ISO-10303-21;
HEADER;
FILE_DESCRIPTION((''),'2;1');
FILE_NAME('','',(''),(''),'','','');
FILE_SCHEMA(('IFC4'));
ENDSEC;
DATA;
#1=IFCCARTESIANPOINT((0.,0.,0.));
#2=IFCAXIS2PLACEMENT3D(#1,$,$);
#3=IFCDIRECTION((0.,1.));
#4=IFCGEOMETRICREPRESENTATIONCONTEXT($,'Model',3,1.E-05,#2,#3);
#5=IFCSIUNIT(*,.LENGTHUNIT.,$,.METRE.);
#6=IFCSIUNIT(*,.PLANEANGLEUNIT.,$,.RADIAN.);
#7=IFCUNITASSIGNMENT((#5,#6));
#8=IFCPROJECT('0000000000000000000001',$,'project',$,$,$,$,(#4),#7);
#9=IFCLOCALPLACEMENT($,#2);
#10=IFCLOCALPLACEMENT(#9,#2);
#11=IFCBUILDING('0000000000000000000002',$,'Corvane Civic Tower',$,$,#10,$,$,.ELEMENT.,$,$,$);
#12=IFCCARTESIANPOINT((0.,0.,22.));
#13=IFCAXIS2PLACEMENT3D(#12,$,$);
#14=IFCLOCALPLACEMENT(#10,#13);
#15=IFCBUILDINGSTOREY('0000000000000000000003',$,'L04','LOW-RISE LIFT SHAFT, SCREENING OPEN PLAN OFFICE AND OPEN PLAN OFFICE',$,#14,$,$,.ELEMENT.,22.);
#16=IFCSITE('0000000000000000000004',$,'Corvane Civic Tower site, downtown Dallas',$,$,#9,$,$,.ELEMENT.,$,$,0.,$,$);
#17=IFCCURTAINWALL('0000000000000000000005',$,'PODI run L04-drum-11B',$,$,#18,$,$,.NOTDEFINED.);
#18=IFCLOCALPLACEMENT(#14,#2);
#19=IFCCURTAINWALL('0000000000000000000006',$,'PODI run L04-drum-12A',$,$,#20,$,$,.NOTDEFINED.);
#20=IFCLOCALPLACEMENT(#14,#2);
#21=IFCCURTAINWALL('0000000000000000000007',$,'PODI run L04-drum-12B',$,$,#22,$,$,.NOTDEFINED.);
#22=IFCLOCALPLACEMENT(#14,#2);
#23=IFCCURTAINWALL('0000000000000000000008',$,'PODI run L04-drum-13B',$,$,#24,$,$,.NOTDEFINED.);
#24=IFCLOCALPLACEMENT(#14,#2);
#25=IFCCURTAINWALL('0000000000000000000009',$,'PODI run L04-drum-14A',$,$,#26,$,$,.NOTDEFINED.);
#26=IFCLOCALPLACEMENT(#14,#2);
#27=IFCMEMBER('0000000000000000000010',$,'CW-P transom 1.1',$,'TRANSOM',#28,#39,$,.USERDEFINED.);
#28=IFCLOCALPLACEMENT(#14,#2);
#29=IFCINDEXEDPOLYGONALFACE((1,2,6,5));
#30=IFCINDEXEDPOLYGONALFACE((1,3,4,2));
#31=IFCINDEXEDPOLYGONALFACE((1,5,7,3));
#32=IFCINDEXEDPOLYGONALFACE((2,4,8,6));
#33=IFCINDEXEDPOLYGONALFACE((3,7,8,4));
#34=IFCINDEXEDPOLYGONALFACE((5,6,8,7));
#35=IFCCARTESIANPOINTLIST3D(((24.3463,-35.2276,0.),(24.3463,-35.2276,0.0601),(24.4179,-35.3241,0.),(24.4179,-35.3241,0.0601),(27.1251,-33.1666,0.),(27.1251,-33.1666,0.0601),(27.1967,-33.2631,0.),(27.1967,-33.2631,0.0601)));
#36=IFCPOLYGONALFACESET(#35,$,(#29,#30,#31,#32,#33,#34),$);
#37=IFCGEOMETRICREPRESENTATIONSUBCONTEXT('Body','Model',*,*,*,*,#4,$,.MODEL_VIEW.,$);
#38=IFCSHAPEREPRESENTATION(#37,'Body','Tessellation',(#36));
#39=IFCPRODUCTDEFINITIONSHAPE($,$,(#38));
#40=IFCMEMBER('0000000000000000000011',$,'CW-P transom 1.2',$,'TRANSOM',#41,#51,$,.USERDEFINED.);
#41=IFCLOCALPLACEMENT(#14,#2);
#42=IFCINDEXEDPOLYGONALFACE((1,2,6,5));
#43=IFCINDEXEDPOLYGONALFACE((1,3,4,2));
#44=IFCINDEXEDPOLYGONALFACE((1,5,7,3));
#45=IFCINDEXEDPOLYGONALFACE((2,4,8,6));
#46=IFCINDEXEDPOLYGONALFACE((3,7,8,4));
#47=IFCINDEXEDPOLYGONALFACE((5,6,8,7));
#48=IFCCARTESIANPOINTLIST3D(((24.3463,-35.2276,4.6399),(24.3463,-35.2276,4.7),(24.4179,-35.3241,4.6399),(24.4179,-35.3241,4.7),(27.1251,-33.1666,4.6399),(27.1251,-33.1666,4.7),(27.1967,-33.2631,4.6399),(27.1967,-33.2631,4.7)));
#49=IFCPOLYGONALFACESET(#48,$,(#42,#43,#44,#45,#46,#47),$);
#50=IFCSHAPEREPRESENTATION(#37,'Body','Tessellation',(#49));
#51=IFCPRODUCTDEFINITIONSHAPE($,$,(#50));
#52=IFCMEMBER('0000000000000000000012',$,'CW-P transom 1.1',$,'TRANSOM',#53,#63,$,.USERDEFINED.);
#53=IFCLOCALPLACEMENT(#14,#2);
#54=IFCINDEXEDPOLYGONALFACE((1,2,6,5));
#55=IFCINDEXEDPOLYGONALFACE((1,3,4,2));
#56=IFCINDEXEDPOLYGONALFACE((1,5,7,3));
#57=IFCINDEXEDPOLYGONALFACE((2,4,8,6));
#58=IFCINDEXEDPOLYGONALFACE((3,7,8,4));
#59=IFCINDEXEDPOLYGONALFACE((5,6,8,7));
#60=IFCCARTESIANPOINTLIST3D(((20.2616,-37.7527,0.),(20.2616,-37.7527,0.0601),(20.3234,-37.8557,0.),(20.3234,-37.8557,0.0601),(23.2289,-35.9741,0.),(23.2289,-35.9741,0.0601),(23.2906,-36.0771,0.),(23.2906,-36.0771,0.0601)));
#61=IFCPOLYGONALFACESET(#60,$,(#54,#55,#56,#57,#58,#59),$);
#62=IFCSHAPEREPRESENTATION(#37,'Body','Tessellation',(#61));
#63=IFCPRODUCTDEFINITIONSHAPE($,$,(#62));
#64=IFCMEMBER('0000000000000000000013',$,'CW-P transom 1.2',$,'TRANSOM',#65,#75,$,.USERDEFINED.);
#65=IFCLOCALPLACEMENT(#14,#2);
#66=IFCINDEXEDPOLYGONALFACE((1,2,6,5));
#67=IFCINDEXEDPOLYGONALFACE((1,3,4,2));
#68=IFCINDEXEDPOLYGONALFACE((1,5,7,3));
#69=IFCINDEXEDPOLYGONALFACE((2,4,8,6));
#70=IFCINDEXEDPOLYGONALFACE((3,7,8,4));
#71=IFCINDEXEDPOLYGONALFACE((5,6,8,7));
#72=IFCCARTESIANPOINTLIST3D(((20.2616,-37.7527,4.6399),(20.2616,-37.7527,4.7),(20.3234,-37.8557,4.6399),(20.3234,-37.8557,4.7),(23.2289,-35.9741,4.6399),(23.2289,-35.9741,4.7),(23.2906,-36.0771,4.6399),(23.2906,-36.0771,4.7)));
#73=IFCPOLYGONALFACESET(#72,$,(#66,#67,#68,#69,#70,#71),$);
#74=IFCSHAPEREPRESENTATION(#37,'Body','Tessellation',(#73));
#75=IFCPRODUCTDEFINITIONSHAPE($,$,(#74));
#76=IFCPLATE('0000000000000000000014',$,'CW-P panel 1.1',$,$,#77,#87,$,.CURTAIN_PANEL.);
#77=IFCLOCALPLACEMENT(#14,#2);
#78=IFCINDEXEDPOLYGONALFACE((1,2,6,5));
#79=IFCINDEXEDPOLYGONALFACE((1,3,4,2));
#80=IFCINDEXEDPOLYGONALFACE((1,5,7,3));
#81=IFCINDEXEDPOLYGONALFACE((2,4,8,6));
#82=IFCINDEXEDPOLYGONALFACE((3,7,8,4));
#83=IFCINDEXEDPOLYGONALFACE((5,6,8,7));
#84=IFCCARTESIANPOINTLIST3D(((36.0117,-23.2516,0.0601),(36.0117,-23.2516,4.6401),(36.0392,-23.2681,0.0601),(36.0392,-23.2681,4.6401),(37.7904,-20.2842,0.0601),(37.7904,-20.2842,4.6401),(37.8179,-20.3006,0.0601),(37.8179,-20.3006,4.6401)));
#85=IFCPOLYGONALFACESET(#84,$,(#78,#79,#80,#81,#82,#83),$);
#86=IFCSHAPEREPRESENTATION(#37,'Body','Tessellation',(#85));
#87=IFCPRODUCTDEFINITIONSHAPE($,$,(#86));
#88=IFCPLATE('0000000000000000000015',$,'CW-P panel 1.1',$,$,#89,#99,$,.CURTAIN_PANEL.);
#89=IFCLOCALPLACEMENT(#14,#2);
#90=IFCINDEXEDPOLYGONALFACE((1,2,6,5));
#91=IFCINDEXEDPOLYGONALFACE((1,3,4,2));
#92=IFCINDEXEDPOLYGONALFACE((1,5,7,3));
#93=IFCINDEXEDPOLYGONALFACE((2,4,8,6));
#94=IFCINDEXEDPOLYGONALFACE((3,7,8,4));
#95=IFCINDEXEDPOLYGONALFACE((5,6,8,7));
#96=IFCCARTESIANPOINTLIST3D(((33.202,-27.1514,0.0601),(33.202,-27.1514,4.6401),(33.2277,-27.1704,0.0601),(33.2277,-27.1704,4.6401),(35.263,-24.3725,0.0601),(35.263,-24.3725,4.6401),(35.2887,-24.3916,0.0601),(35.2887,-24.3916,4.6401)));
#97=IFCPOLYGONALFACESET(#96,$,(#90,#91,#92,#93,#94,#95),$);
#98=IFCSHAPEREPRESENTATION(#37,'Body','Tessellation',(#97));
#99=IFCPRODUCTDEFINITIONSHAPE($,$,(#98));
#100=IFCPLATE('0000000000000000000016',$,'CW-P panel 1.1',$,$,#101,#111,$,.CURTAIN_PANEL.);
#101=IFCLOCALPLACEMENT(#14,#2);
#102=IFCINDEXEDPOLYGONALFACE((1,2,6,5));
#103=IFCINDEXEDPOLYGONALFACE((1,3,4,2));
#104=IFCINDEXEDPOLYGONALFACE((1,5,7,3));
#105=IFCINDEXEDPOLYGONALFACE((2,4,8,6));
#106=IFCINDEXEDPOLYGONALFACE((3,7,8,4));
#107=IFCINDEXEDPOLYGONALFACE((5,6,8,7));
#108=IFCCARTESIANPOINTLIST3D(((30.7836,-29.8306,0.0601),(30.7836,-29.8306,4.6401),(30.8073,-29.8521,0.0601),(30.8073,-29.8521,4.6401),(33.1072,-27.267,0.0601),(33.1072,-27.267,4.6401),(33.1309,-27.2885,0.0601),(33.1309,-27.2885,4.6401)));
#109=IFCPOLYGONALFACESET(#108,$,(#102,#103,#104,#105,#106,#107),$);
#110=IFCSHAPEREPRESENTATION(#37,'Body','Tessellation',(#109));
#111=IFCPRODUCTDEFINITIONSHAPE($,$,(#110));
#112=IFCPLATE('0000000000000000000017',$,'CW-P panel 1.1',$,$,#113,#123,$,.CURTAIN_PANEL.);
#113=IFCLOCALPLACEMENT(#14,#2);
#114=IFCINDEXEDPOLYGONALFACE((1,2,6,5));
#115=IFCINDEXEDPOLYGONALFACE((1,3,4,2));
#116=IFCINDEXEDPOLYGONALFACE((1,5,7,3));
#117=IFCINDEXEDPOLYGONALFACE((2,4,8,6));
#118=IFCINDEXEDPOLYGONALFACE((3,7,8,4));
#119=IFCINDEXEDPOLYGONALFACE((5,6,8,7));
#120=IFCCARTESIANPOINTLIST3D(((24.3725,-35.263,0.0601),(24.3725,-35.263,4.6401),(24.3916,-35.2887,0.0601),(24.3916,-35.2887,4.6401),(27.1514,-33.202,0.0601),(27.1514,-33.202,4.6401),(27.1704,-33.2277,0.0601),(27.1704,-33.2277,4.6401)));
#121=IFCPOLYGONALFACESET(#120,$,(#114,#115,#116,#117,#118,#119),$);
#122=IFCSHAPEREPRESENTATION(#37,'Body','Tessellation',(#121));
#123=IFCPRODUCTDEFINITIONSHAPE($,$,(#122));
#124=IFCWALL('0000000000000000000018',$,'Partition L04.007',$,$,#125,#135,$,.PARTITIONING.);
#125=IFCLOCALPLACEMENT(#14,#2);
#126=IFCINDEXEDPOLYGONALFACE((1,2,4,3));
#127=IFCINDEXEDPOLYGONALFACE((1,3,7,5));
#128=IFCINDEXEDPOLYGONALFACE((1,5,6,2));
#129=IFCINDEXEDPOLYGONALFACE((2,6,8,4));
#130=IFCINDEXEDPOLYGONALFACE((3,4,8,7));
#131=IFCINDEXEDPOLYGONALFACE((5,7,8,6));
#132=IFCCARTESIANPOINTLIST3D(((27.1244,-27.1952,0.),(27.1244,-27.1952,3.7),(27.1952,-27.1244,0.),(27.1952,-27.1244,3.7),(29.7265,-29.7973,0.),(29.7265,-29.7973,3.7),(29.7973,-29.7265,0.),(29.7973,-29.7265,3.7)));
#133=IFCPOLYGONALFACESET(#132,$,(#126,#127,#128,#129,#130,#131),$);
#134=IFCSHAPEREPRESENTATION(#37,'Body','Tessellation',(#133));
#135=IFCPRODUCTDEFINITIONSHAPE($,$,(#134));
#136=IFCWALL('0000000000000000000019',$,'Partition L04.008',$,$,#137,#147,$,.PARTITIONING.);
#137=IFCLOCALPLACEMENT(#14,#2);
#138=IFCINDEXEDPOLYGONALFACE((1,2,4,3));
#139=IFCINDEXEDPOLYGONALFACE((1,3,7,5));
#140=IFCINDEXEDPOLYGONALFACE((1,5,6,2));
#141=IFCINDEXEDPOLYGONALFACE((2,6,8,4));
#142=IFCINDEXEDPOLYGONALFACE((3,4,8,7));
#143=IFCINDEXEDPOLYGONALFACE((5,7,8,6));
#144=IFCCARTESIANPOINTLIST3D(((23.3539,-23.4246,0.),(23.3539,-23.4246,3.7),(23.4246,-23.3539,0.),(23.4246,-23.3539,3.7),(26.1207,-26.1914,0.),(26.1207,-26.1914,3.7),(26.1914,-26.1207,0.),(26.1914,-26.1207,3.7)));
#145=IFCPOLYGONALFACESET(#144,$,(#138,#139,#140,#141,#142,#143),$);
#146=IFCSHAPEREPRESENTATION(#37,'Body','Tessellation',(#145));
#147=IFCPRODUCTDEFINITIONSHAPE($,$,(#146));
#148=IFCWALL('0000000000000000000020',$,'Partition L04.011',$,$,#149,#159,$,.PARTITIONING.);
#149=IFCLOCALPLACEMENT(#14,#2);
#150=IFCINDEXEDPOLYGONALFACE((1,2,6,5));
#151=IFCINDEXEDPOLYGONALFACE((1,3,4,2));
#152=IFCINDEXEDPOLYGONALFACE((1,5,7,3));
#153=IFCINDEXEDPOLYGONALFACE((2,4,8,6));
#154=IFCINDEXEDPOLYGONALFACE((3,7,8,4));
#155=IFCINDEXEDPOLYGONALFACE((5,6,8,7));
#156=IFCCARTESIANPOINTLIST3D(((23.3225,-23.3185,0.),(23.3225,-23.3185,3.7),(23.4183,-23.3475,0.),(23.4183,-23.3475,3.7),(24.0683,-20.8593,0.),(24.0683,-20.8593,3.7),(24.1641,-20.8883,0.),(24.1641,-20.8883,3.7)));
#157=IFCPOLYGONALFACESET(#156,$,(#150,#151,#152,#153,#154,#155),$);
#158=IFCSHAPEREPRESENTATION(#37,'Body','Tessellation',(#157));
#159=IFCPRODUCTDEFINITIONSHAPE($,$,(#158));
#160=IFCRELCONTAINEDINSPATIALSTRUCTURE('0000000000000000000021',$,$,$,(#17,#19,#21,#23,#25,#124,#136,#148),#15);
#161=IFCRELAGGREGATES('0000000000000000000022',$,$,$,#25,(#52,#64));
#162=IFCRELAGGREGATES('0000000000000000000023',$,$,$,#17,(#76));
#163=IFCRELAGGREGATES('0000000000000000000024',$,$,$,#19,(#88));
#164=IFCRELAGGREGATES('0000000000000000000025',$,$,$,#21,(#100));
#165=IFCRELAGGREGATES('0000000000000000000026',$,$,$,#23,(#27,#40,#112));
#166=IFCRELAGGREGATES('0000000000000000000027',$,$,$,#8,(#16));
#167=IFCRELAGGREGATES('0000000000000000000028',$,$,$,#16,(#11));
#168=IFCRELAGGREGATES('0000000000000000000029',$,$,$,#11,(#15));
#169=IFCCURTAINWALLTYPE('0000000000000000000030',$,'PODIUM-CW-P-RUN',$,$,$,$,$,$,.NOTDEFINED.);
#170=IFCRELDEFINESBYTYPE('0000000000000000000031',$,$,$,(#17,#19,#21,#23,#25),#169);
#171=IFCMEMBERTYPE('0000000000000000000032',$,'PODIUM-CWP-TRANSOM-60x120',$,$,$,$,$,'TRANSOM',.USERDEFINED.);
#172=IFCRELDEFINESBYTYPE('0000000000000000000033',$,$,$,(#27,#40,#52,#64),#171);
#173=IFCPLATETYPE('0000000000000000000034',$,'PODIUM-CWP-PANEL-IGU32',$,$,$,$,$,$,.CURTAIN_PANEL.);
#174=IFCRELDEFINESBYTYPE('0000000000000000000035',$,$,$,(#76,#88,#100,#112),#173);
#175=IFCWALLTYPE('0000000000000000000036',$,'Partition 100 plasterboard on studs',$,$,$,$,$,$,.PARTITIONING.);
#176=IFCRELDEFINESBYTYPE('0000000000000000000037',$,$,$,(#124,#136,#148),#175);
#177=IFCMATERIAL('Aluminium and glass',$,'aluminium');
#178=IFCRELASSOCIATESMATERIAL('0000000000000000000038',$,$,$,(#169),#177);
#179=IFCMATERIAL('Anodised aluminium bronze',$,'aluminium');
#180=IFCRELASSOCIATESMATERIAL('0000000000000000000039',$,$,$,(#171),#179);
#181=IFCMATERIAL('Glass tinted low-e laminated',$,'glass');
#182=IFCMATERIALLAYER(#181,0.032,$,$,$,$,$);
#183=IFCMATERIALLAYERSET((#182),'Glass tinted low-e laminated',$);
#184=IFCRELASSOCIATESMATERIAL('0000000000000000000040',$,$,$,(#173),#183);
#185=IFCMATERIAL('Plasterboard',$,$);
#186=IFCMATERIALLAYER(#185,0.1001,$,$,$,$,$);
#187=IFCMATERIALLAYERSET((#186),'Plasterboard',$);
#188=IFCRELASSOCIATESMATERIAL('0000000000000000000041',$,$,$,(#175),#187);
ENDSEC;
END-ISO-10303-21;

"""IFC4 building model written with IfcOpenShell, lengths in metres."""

from ifc_helpers import new_model, si_unit, direction, frame, frame_2d, origin, origin_2d, place, context, subcontext, project, spatial, rectangle, extrude, material, layer, layer_set, material_profile, profile_set, type_object, element, aggregate, save


model = new_model("IFC4")

# Units and contexts
model_context = context("Model", 3, precision=1e-05, world=origin(), true_north=direction((0.0, 1.0)))
body_context = subcontext(model_context, "Body", "Model", "MODEL_VIEW")
ifc_project = project(units=[si_unit("LENGTHUNIT", "METRE"), si_unit("PLANEANGLEUNIT", "RADIAN")], contexts=[model_context])

# Site, building, storey
site_placement = place(None, origin())
site = spatial("IfcSite", under=ifc_project, at=site_placement, Name="Corvane Civic Tower site, downtown Dallas", CompositionType="ELEMENT", RefElevation=0.0)
building_placement = place(site_placement, origin())
building = spatial("IfcBuilding", under=site, at=building_placement, Name="Corvane Civic Tower", CompositionType="ELEMENT")
storey_placement = place(building_placement, frame((0.0, 0.0, 22.0)))
storey = spatial("IfcBuildingStorey", under=building, at=storey_placement, Name="L04", Description="LOW-RISE LIFT SHAFT, SCREENING OPEN PLAN OFFICE AND OPEN PLAN OFFICE", CompositionType="ELEMENT", Elevation=22.0)

# Curtain wall
ifc_material_1 = material(Name="Aluminium and glass", Category="aluminium")
curtain_wall_type = type_object("IfcCurtainWallType", Name="PODIUM-CW-P-RUN", PredefinedType="NOTDEFINED", material=ifc_material_1)
curtain_wall_1_placement = place(storey_placement, origin())
curtain_wall_1 = element("IfcCurtainWall", 1, at=curtain_wall_1_placement, inside=storey, type_object=curtain_wall_type, Name="PODI run L04-drum-11B", PredefinedType="NOTDEFINED")

# Curtain walls
curtain_wall_2_placement = place(storey_placement, origin())
curtain_wall_2 = element("IfcCurtainWall", 2, at=curtain_wall_2_placement, inside=storey, type_object=curtain_wall_type, Name="PODI run L04-drum-12A", PredefinedType="NOTDEFINED")
curtain_wall_3_placement = place(storey_placement, origin())
curtain_wall_3 = element("IfcCurtainWall", 3, at=curtain_wall_3_placement, inside=storey, type_object=curtain_wall_type, Name="PODI run L04-drum-12B", PredefinedType="NOTDEFINED")
curtain_wall_4_placement = place(storey_placement, origin())
curtain_wall_4 = element("IfcCurtainWall", 4, at=curtain_wall_4_placement, inside=storey, type_object=curtain_wall_type, Name="PODI run L04-drum-13B", PredefinedType="NOTDEFINED")

# Curtain wall
curtain_wall_5_placement = place(storey_placement, origin())
curtain_wall_5 = element("IfcCurtainWall", 5, at=curtain_wall_5_placement, inside=storey, type_object=curtain_wall_type, Name="PODI run L04-drum-14A", PredefinedType="NOTDEFINED")

# Members
ifc_material_2 = material(Name="Anodised aluminium bronze", Category="aluminium")
ifc_material_profile_1 = material_profile(ifc_material_2, rectangle(XDim=0.1201, YDim=0.0601, at=origin_2d()), Name="AL 120x60")
ifc_profile_set_1 = profile_set([ifc_material_profile_1], Name="Anodised aluminium bronze")
member_type_1 = type_object("IfcMemberType", Name="PODIUM-CWP-TRANSOM-60x120", ElementType="TRANSOM", PredefinedType="USERDEFINED", material=ifc_profile_set_1)
member_1_placement = place(storey_placement, frame((27.1609, -33.2148, 0.03), z_axis=(-0.80319, -0.595724, 0.0), x_axis=(0.595724, -0.80319, 0.0)))
member_1 = element("IfcMember", 6, at=member_1_placement, type_object=member_type_1, Name="CW-P transom 1.1", ObjectType="TRANSOM", PredefinedType="USERDEFINED", context=body_context, shape_type="SweptSolid", body=[
    extrude(rectangle(XDim=0.1201, YDim=0.0601, at=origin_2d()), origin(), (0.0, 0.0, 1.0), 3.4597),
])
member_2_placement = place(storey_placement, frame((27.1609, -33.2148, 4.6699), z_axis=(-0.80319, -0.595724, 0.0), x_axis=(0.595724, -0.80319, 0.0)))
member_2 = element("IfcMember", 7, at=member_2_placement, type_object=member_type_1, Name="CW-P transom 1.2", ObjectType="TRANSOM", PredefinedType="USERDEFINED", context=body_context, shape_type="SweptSolid", body=[
    extrude(rectangle(XDim=0.1201, YDim=0.0601, at=origin_2d()), origin(), (0.0, 0.0, 1.0), 3.4597),
])
member_3_placement = place(storey_placement, frame((23.2598, -36.0256, 0.03), z_axis=(-0.857723, -0.514112, 0.0), x_axis=(0.514112, -0.857723, 0.0)))
member_3 = element("IfcMember", 8, at=member_3_placement, type_object=member_type_1, Name="CW-P transom 1.1", ObjectType="TRANSOM", PredefinedType="USERDEFINED", context=body_context, shape_type="SweptSolid", body=[
    extrude(rectangle(XDim=0.1201, YDim=0.0601, at=origin_2d()), origin(), (0.0, 0.0, 1.0), 3.4595),
])
member_4_placement = place(storey_placement, frame((23.2598, -36.0256, 4.6699), z_axis=(-0.857723, -0.514112, 0.0), x_axis=(0.514112, -0.857723, 0.0)))
member_4 = element("IfcMember", 9, at=member_4_placement, type_object=member_type_1, Name="CW-P transom 1.2", ObjectType="TRANSOM", PredefinedType="USERDEFINED", context=body_context, shape_type="SweptSolid", body=[
    extrude(rectangle(XDim=0.1201, YDim=0.0601, at=origin_2d()), origin(), (0.0, 0.0, 1.0), 3.4595),
])
aggregate(curtain_wall_5, [member_3, member_4])

# Plates
ifc_material_3 = material(Name="Glass tinted low-e laminated", Category="glass")
ifc_layer_1 = layer(ifc_material_3, 0.032)
ifc_layer_set_1 = layer_set([ifc_layer_1], Name="Glass tinted low-e laminated")
plate_type = type_object("IfcPlateType", Name="PODIUM-CWP-PANEL-IGU32", PredefinedType="CURTAIN_PANEL", material=ifc_layer_set_1)
plate_1_placement = place(storey_placement, frame((36.9148, -21.7761, 0.0601), z_axis=(0.0, 0.0, 1.0), x_axis=(-0.514118, -0.85772, 0.0)))
plate_1 = element("IfcPlate", 10, at=plate_1_placement, type_object=plate_type, Name="CW-P panel 1.1", PredefinedType="CURTAIN_PANEL", context=body_context, shape_type="SweptSolid", body=[
    extrude(rectangle(XDim=3.4597, YDim=0.032, at=origin_2d()), origin(), (0.0, 0.0, 1.0), 4.5801),
])
aggregate(curtain_wall_1, [plate_1])
plate_2_placement = place(storey_placement, frame((34.2454, -25.7715, 0.0601), z_axis=(0.0, 0.0, 1.0), x_axis=(-0.595705, -0.803203, 0.0)))
plate_2 = element("IfcPlate", 11, at=plate_2_placement, type_object=plate_type, Name="CW-P panel 1.1", PredefinedType="CURTAIN_PANEL", context=body_context, shape_type="SweptSolid", body=[
    extrude(rectangle(XDim=3.4597, YDim=0.032, at=origin_2d()), origin(), (0.0, 0.0, 1.0), 4.5801),
])
aggregate(curtain_wall_2, [plate_2])
plate_3_placement = place(storey_placement, frame((31.9573, -28.5596, 0.0601), z_axis=(0.0, 0.0, 1.0), x_axis=(-0.671576, -0.740935, 0.0)))
plate_3 = element("IfcPlate", 12, at=plate_3_placement, type_object=plate_type, Name="CW-P panel 1.1", PredefinedType="CURTAIN_PANEL", context=body_context, shape_type="SweptSolid", body=[
    extrude(rectangle(XDim=3.46, YDim=0.032, at=origin_2d()), origin(), (0.0, 0.0, 1.0), 4.5801),
])
aggregate(curtain_wall_3, [plate_3])
plate_4_placement = place(storey_placement, frame((25.7715, -34.2454, 0.0601), z_axis=(0.0, 0.0, 1.0), x_axis=(-0.803203, -0.595705, 0.0)))
plate_4 = element("IfcPlate", 13, at=plate_4_placement, type_object=plate_type, Name="CW-P panel 1.1", PredefinedType="CURTAIN_PANEL", context=body_context, shape_type="SweptSolid", body=[
    extrude(rectangle(XDim=3.4597, YDim=0.032, at=origin_2d()), origin(), (0.0, 0.0, 1.0), 4.5801),
])
aggregate(curtain_wall_4, [member_1, member_2, plate_4])

# Walls
ifc_material_4 = material(Name="Plasterboard")
ifc_layer_2 = layer(ifc_material_4, 0.1001)
ifc_layer_set_2 = layer_set([ifc_layer_2], Name="Plasterboard")
wall_type_1 = type_object("IfcWallType", Name="Partition 100 plasterboard on studs", PredefinedType="PARTITIONING", material=ifc_layer_set_2)
wall_1_placement = place(storey_placement, frame((27.1599, -27.1599, 0.0), z_axis=(0.0, 0.0, 1.0), x_axis=(0.707107, -0.707107, 0.0)))
element("IfcWall", 14, at=wall_1_placement, inside=storey, type_object=wall_type_1, Name="Partition L04.007", PredefinedType="PARTITIONING", context=body_context, shape_type="SweptSolid", body=[
    extrude(rectangle(XDim=3.6799, YDim=0.1001, at=frame_2d((1.8398, 0.0))), origin(), (0.0, 0.0, 1.0), 3.7),
])
wall_2_placement = place(storey_placement, frame((23.3892, -23.3892, 0.0), z_axis=(0.0, 0.0, 1.0), x_axis=(0.707107, -0.707107, 0.0)))
element("IfcWall", 15, at=wall_2_placement, inside=storey, type_object=wall_type_1, Name="Partition L04.008", PredefinedType="PARTITIONING", context=body_context, shape_type="SweptSolid", body=[
    extrude(rectangle(XDim=3.9128, YDim=0.1001, at=frame_2d((1.9565, 0.0))), origin(), (0.0, 0.0, 1.0), 3.7),
])
wall_3_placement = place(storey_placement, frame((23.3704, -23.333, 0.0), z_axis=(0.0, 0.0, 1.0), x_axis=(0.290232, 0.956956, 0.0)))
element("IfcWall", 16, at=wall_3_placement, inside=storey, type_object=wall_type_1, Name="Partition L04.011", PredefinedType="PARTITIONING", context=body_context, shape_type="SweptSolid", body=[
    extrude(rectangle(XDim=2.5698, YDim=0.1001, at=frame_2d((1.2849, 0.0))), origin(), (0.0, 0.0, 1.0), 3.7),
])

save(model, "model.ifc")
